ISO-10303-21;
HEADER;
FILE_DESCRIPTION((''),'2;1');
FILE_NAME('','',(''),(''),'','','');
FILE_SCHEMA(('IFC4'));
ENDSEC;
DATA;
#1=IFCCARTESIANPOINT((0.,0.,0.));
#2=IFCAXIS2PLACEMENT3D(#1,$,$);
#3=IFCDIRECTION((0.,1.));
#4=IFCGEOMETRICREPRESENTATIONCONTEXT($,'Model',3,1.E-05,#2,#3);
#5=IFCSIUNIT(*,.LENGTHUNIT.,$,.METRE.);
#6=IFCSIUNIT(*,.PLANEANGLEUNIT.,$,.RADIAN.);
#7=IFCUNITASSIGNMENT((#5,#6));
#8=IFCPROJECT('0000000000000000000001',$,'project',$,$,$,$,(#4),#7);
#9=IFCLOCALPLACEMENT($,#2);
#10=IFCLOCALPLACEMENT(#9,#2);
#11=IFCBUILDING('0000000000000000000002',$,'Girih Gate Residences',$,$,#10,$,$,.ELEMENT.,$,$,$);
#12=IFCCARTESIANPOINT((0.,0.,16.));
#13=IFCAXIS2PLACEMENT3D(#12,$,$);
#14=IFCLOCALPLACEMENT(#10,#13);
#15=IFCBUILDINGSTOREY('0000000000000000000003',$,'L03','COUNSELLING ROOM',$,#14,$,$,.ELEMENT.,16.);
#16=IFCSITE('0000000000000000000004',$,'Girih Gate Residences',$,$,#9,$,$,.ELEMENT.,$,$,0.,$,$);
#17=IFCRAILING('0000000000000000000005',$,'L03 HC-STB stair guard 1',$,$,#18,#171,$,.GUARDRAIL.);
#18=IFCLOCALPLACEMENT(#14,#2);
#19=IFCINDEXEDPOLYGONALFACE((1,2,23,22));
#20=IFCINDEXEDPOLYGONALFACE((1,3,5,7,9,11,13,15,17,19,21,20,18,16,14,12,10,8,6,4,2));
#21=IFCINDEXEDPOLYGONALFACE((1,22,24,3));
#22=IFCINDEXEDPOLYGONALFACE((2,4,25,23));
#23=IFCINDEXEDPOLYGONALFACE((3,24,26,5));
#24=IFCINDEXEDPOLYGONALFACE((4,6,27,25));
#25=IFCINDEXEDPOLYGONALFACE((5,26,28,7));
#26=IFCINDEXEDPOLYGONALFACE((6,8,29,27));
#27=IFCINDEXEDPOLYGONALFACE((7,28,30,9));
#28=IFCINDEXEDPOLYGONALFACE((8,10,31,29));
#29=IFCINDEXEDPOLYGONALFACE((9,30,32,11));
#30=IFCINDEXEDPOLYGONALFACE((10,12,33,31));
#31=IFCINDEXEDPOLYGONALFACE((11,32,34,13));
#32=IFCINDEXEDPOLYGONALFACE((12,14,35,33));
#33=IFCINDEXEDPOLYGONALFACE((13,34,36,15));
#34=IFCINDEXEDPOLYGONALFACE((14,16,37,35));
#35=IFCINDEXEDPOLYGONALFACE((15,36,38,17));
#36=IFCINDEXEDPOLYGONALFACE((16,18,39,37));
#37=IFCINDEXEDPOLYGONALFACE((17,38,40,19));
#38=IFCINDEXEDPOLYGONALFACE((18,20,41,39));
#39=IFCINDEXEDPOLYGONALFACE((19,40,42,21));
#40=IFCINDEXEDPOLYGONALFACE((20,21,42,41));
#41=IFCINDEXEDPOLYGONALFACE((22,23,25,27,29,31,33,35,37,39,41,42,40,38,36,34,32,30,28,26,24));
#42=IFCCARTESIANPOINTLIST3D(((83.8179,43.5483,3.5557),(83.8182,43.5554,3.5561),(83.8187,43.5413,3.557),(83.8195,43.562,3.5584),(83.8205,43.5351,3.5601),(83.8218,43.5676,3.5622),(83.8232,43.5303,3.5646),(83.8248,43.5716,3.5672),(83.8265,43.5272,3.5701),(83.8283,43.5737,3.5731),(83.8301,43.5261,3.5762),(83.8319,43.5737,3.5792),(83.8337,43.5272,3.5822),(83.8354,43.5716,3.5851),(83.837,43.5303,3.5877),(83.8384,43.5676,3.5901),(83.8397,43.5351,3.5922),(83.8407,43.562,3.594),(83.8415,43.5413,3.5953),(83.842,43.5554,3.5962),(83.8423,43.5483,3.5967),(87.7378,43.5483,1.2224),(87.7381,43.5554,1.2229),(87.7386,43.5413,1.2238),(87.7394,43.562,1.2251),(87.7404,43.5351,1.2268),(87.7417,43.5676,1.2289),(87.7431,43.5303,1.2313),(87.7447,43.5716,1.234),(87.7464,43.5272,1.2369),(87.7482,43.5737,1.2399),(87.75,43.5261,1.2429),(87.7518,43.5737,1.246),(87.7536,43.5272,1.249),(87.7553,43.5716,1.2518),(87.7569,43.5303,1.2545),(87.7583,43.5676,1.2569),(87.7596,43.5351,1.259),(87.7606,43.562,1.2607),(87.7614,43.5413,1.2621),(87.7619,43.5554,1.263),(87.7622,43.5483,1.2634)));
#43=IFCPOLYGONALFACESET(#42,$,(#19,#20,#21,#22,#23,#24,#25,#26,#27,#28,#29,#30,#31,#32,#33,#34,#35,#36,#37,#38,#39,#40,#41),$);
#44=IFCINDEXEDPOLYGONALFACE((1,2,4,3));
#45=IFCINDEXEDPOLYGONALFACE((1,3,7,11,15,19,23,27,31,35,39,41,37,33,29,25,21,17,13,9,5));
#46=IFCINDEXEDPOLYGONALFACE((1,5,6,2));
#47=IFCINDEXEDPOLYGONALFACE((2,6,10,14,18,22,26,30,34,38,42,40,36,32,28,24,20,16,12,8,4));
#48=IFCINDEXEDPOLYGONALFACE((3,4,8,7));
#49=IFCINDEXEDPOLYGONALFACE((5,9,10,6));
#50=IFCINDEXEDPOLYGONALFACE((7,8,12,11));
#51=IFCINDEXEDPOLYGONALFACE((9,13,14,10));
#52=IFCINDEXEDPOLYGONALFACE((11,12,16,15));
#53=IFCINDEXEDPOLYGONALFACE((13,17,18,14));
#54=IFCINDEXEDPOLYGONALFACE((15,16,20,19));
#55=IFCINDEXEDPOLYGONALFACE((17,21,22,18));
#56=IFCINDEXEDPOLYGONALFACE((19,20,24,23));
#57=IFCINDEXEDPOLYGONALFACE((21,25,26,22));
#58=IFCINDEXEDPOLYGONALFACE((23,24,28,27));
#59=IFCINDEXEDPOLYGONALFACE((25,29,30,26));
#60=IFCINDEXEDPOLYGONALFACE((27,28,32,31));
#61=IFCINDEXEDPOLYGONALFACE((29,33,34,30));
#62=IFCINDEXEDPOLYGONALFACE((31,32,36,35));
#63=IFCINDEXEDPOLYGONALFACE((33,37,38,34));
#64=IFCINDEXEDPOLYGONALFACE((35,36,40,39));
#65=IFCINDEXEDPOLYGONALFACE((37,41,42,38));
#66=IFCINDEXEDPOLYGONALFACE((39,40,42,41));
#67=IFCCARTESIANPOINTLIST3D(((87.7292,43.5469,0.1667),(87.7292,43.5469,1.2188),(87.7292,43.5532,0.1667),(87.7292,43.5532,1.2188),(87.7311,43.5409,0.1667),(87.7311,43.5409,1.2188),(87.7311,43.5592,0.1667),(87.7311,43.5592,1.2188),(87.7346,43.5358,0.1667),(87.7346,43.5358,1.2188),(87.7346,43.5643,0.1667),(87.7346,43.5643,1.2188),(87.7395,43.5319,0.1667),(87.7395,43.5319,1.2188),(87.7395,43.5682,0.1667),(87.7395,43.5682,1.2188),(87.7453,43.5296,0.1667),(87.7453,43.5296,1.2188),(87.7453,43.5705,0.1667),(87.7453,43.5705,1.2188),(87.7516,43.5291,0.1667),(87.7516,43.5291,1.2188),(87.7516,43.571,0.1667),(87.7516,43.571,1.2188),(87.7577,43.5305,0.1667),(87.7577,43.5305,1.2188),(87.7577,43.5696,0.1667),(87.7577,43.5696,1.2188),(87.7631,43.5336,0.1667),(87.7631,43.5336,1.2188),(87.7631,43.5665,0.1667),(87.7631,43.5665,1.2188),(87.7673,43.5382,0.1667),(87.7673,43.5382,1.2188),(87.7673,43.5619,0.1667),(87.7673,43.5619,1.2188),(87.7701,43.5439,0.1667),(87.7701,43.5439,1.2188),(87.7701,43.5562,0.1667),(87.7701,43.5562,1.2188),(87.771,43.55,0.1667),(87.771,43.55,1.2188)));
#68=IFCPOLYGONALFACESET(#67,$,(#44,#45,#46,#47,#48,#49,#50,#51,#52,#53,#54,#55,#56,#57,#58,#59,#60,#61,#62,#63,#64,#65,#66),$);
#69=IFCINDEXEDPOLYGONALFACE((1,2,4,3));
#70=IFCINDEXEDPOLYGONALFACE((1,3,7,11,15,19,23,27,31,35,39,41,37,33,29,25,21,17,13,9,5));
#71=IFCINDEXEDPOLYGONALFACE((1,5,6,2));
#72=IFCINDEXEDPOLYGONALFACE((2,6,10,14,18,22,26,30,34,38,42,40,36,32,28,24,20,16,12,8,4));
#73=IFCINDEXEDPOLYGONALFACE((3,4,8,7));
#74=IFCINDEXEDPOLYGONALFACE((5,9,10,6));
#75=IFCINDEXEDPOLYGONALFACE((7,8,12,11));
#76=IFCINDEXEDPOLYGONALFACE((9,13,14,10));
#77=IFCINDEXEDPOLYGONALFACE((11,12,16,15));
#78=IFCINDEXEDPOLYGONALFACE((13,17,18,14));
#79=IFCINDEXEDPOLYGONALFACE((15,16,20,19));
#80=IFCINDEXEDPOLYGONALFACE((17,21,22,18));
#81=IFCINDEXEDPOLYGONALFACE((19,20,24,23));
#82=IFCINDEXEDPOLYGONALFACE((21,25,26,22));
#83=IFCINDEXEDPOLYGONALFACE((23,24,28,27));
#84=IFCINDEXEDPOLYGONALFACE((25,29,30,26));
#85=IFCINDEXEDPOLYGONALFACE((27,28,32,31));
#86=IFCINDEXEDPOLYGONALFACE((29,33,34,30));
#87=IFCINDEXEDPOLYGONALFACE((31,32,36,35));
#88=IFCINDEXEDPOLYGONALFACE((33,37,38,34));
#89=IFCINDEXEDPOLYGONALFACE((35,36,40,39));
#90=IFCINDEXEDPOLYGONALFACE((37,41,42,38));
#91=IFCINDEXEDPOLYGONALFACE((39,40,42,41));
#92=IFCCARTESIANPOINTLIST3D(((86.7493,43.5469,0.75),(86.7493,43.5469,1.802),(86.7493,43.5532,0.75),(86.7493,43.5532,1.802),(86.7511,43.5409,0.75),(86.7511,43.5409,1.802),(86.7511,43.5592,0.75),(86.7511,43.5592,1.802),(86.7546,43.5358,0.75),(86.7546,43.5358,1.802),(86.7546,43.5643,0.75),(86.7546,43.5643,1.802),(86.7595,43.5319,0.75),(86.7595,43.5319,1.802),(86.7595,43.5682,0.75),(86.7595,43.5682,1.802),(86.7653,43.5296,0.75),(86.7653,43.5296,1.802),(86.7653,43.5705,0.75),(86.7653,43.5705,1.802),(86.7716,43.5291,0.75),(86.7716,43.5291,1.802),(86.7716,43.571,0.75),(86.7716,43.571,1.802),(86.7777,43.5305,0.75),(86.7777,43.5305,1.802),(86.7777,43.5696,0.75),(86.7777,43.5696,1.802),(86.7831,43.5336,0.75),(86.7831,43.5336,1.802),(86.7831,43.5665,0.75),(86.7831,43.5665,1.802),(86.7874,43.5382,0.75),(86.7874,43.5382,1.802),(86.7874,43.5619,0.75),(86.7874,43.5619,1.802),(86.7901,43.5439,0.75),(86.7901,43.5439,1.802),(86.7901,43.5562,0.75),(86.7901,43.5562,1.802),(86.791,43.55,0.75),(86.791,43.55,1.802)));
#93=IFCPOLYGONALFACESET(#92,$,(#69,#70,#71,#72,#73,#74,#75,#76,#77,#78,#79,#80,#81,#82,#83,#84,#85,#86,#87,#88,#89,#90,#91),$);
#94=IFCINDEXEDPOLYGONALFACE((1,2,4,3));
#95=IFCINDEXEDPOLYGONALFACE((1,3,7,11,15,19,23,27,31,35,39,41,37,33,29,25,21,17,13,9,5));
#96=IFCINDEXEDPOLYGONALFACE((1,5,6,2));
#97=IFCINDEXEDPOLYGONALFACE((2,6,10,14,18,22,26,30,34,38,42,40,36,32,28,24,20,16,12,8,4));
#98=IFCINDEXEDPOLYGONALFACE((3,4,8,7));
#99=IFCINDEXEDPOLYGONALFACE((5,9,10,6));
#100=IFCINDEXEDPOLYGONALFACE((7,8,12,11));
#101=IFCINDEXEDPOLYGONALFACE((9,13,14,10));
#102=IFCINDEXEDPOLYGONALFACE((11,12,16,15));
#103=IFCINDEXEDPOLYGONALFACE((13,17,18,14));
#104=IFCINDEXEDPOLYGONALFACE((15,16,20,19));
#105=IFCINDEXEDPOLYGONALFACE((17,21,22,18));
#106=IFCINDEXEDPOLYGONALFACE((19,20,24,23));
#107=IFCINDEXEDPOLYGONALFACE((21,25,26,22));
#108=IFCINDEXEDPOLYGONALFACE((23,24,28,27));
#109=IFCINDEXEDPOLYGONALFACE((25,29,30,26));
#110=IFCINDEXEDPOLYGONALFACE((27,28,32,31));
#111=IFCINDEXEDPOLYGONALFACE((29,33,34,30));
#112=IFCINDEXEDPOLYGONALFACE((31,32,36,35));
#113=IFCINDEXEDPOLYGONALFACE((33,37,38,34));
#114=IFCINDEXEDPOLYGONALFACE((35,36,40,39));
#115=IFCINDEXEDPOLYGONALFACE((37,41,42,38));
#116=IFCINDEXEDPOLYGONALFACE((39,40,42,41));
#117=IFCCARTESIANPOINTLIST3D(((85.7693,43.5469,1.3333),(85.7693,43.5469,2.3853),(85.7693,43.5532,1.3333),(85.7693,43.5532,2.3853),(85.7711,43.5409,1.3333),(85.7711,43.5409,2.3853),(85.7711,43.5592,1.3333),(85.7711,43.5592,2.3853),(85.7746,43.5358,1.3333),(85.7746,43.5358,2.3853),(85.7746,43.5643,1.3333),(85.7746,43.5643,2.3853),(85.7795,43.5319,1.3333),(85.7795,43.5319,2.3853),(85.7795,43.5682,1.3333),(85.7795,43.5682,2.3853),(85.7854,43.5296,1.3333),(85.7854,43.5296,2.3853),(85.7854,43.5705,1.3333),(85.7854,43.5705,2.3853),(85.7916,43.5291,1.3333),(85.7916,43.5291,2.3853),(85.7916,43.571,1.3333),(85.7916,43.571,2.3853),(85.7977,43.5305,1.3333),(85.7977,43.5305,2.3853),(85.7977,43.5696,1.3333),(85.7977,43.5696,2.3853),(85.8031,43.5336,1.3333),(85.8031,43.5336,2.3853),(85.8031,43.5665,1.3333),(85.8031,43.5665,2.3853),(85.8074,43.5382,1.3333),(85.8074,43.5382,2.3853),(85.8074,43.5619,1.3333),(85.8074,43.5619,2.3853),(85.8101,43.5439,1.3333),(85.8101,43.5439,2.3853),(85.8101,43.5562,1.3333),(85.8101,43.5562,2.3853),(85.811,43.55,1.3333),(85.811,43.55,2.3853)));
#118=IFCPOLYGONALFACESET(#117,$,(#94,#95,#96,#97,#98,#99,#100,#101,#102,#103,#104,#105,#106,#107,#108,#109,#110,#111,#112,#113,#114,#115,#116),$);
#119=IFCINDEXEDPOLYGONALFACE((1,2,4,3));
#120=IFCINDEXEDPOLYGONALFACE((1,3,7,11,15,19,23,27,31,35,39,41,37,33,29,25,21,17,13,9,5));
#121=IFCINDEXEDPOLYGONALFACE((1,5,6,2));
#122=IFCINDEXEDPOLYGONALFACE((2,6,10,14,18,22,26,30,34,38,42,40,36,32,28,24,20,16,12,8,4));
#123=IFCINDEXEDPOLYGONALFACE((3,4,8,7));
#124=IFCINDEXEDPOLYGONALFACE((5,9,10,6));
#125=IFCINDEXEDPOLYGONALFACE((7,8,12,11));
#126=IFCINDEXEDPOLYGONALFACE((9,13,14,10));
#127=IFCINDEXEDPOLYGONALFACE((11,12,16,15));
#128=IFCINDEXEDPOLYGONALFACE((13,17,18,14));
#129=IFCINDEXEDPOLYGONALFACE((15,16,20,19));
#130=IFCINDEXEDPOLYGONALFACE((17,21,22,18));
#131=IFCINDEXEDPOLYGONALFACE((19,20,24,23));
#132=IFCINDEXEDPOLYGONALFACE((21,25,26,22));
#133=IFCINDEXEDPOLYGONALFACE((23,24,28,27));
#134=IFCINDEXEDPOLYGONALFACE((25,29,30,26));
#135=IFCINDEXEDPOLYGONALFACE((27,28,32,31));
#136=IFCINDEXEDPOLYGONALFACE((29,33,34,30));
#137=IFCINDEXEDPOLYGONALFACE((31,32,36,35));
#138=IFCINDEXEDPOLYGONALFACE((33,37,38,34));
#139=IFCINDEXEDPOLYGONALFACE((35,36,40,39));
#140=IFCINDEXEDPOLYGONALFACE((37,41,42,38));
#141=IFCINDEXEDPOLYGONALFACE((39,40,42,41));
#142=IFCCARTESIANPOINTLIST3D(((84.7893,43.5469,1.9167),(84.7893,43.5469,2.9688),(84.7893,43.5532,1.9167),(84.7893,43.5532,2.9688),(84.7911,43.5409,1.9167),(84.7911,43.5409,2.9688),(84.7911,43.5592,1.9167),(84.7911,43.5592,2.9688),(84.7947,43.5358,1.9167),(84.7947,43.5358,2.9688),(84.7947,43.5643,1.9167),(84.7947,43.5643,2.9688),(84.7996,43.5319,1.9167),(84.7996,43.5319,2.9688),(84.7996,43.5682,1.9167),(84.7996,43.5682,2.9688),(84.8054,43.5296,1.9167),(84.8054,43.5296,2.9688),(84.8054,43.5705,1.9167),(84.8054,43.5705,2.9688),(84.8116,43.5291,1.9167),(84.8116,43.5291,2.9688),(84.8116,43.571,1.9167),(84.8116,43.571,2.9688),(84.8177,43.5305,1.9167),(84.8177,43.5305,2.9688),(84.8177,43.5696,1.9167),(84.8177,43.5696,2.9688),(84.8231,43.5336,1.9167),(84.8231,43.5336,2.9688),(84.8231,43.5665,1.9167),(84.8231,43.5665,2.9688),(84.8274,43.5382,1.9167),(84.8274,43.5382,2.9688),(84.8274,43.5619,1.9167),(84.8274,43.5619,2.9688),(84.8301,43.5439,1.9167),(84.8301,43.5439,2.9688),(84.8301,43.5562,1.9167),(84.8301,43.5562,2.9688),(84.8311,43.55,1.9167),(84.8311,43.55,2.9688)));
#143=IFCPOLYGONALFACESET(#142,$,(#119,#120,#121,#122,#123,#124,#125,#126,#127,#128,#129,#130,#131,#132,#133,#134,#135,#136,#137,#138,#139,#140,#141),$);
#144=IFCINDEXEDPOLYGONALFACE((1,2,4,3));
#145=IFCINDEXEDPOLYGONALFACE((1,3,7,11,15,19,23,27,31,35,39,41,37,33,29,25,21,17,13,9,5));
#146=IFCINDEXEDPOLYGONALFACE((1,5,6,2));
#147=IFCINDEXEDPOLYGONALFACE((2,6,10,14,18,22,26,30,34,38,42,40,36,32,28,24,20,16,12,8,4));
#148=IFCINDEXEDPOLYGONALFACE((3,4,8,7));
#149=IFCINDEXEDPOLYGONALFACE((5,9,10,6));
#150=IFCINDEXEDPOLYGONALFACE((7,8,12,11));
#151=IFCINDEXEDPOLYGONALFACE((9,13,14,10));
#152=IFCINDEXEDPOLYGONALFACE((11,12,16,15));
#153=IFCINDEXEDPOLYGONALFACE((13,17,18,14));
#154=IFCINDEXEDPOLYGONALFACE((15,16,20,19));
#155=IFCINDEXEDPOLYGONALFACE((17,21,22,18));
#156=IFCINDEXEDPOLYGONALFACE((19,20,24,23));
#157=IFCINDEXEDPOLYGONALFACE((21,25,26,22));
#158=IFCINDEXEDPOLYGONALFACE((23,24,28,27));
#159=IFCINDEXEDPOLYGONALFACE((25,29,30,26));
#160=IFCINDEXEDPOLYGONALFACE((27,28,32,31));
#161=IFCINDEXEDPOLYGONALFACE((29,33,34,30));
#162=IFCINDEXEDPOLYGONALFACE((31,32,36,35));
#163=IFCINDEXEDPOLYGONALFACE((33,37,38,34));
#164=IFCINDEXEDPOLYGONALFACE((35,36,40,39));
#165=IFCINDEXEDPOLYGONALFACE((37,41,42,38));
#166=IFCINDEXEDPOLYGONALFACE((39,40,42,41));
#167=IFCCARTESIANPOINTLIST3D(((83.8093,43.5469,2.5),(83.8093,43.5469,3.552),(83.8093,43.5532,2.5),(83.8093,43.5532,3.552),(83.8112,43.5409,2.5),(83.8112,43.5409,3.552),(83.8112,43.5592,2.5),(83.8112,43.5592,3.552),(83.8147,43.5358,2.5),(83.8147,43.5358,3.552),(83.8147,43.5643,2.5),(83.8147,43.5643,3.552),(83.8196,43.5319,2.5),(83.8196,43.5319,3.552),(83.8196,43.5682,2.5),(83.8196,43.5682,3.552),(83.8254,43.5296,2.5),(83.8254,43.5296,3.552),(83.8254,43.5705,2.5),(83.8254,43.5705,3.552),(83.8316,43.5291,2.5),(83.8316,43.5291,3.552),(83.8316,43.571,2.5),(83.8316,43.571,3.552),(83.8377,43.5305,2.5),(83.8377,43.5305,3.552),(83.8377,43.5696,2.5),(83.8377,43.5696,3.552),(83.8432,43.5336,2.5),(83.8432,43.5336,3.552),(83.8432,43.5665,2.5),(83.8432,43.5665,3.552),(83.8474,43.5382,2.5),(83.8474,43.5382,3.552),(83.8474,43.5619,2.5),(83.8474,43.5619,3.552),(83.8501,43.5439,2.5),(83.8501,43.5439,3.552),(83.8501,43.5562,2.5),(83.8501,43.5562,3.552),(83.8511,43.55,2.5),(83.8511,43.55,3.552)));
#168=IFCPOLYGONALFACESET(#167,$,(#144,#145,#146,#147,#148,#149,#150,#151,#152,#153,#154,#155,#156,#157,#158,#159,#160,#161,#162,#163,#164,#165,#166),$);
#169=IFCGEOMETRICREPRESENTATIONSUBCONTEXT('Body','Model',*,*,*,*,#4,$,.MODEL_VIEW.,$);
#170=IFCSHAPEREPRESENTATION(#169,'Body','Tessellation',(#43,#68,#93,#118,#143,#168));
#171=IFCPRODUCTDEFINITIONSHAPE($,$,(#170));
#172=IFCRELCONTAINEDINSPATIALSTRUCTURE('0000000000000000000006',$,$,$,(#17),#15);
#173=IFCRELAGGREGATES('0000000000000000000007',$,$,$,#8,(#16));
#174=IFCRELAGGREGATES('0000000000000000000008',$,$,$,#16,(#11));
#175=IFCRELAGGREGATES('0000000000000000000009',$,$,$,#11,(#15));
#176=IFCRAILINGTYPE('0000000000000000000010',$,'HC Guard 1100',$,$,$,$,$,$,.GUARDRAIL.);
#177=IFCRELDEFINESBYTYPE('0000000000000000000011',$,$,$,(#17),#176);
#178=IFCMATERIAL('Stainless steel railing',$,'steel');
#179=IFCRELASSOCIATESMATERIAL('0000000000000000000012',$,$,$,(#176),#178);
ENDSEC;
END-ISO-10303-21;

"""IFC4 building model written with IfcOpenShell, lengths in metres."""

from ifc_helpers import new_model, si_unit, direction, frame, origin, origin_2d, place, context, subcontext, project, spatial, circle, extrude, material, type_object, element, save


model = new_model("IFC4")

# Units and contexts
model_context = context("Model", 3, precision=1e-05, world=origin(), true_north=direction((0.0, 1.0)))
body_context = subcontext(model_context, "Body", "Model", "MODEL_VIEW")
ifc_project = project(units=[si_unit("LENGTHUNIT", "METRE"), si_unit("PLANEANGLEUNIT", "RADIAN")], contexts=[model_context])

# Site, building, storey
site_placement = place(None, origin())
site = spatial("IfcSite", under=ifc_project, at=site_placement, Name="Girih Gate Residences", CompositionType="ELEMENT", RefElevation=0.0)
building_placement = place(site_placement, origin())
building = spatial("IfcBuilding", under=site, at=building_placement, Name="Girih Gate Residences", CompositionType="ELEMENT")
storey_placement = place(building_placement, frame((0.0, 0.0, 16.0)))
storey = spatial("IfcBuildingStorey", under=building, at=storey_placement, Name="L03", Description="COUNSELLING ROOM", CompositionType="ELEMENT", Elevation=16.0)

# Railing
ifc_material_1 = material(Name="Stainless steel railing", Category="steel")
railing_type_1 = type_object("IfcRailingType", Name="HC Guard 1100", PredefinedType="GUARDRAIL", material=ifc_material_1)
railing_1_placement = place(storey_placement, frame((87.75, 43.55, 0.1667)))
element("IfcRailing", 1, at=railing_1_placement, inside=storey, type_object=railing_type_1, Name="L03 HC-STB stair guard 1", PredefinedType="GUARDRAIL", context=body_context, shape_type="SweptSolid", body=[
    extrude(circle(Radius=0.0239, at=origin_2d()), frame((0.0, 0.0, 1.0762), z_axis=(-0.859296, 0.0, 0.511478), x_axis=(0.0, -1.0, 0.0)), (0.0, 0.0, 1.0), 4.5618),
    extrude(circle(Radius=0.021, at=origin_2d()), origin(), (0.0, 0.0, 1.0), 1.052),
    extrude(circle(Radius=0.021, at=origin_2d()), frame((-0.98, 0.0, 0.5833)), (0.0, 0.0, 1.0), 1.052),
    extrude(circle(Radius=0.021, at=origin_2d()), frame((-1.96, 0.0, 1.1665)), (0.0, 0.0, 1.0), 1.052),
    extrude(circle(Radius=0.021, at=origin_2d()), frame((-2.9399, 0.0, 1.75)), (0.0, 0.0, 1.0), 1.052),
    extrude(circle(Radius=0.021, at=origin_2d()), frame((-3.9199, 0.0, 2.3333)), (0.0, 0.0, 1.0), 1.052),
])

save(model, "model.ifc")
